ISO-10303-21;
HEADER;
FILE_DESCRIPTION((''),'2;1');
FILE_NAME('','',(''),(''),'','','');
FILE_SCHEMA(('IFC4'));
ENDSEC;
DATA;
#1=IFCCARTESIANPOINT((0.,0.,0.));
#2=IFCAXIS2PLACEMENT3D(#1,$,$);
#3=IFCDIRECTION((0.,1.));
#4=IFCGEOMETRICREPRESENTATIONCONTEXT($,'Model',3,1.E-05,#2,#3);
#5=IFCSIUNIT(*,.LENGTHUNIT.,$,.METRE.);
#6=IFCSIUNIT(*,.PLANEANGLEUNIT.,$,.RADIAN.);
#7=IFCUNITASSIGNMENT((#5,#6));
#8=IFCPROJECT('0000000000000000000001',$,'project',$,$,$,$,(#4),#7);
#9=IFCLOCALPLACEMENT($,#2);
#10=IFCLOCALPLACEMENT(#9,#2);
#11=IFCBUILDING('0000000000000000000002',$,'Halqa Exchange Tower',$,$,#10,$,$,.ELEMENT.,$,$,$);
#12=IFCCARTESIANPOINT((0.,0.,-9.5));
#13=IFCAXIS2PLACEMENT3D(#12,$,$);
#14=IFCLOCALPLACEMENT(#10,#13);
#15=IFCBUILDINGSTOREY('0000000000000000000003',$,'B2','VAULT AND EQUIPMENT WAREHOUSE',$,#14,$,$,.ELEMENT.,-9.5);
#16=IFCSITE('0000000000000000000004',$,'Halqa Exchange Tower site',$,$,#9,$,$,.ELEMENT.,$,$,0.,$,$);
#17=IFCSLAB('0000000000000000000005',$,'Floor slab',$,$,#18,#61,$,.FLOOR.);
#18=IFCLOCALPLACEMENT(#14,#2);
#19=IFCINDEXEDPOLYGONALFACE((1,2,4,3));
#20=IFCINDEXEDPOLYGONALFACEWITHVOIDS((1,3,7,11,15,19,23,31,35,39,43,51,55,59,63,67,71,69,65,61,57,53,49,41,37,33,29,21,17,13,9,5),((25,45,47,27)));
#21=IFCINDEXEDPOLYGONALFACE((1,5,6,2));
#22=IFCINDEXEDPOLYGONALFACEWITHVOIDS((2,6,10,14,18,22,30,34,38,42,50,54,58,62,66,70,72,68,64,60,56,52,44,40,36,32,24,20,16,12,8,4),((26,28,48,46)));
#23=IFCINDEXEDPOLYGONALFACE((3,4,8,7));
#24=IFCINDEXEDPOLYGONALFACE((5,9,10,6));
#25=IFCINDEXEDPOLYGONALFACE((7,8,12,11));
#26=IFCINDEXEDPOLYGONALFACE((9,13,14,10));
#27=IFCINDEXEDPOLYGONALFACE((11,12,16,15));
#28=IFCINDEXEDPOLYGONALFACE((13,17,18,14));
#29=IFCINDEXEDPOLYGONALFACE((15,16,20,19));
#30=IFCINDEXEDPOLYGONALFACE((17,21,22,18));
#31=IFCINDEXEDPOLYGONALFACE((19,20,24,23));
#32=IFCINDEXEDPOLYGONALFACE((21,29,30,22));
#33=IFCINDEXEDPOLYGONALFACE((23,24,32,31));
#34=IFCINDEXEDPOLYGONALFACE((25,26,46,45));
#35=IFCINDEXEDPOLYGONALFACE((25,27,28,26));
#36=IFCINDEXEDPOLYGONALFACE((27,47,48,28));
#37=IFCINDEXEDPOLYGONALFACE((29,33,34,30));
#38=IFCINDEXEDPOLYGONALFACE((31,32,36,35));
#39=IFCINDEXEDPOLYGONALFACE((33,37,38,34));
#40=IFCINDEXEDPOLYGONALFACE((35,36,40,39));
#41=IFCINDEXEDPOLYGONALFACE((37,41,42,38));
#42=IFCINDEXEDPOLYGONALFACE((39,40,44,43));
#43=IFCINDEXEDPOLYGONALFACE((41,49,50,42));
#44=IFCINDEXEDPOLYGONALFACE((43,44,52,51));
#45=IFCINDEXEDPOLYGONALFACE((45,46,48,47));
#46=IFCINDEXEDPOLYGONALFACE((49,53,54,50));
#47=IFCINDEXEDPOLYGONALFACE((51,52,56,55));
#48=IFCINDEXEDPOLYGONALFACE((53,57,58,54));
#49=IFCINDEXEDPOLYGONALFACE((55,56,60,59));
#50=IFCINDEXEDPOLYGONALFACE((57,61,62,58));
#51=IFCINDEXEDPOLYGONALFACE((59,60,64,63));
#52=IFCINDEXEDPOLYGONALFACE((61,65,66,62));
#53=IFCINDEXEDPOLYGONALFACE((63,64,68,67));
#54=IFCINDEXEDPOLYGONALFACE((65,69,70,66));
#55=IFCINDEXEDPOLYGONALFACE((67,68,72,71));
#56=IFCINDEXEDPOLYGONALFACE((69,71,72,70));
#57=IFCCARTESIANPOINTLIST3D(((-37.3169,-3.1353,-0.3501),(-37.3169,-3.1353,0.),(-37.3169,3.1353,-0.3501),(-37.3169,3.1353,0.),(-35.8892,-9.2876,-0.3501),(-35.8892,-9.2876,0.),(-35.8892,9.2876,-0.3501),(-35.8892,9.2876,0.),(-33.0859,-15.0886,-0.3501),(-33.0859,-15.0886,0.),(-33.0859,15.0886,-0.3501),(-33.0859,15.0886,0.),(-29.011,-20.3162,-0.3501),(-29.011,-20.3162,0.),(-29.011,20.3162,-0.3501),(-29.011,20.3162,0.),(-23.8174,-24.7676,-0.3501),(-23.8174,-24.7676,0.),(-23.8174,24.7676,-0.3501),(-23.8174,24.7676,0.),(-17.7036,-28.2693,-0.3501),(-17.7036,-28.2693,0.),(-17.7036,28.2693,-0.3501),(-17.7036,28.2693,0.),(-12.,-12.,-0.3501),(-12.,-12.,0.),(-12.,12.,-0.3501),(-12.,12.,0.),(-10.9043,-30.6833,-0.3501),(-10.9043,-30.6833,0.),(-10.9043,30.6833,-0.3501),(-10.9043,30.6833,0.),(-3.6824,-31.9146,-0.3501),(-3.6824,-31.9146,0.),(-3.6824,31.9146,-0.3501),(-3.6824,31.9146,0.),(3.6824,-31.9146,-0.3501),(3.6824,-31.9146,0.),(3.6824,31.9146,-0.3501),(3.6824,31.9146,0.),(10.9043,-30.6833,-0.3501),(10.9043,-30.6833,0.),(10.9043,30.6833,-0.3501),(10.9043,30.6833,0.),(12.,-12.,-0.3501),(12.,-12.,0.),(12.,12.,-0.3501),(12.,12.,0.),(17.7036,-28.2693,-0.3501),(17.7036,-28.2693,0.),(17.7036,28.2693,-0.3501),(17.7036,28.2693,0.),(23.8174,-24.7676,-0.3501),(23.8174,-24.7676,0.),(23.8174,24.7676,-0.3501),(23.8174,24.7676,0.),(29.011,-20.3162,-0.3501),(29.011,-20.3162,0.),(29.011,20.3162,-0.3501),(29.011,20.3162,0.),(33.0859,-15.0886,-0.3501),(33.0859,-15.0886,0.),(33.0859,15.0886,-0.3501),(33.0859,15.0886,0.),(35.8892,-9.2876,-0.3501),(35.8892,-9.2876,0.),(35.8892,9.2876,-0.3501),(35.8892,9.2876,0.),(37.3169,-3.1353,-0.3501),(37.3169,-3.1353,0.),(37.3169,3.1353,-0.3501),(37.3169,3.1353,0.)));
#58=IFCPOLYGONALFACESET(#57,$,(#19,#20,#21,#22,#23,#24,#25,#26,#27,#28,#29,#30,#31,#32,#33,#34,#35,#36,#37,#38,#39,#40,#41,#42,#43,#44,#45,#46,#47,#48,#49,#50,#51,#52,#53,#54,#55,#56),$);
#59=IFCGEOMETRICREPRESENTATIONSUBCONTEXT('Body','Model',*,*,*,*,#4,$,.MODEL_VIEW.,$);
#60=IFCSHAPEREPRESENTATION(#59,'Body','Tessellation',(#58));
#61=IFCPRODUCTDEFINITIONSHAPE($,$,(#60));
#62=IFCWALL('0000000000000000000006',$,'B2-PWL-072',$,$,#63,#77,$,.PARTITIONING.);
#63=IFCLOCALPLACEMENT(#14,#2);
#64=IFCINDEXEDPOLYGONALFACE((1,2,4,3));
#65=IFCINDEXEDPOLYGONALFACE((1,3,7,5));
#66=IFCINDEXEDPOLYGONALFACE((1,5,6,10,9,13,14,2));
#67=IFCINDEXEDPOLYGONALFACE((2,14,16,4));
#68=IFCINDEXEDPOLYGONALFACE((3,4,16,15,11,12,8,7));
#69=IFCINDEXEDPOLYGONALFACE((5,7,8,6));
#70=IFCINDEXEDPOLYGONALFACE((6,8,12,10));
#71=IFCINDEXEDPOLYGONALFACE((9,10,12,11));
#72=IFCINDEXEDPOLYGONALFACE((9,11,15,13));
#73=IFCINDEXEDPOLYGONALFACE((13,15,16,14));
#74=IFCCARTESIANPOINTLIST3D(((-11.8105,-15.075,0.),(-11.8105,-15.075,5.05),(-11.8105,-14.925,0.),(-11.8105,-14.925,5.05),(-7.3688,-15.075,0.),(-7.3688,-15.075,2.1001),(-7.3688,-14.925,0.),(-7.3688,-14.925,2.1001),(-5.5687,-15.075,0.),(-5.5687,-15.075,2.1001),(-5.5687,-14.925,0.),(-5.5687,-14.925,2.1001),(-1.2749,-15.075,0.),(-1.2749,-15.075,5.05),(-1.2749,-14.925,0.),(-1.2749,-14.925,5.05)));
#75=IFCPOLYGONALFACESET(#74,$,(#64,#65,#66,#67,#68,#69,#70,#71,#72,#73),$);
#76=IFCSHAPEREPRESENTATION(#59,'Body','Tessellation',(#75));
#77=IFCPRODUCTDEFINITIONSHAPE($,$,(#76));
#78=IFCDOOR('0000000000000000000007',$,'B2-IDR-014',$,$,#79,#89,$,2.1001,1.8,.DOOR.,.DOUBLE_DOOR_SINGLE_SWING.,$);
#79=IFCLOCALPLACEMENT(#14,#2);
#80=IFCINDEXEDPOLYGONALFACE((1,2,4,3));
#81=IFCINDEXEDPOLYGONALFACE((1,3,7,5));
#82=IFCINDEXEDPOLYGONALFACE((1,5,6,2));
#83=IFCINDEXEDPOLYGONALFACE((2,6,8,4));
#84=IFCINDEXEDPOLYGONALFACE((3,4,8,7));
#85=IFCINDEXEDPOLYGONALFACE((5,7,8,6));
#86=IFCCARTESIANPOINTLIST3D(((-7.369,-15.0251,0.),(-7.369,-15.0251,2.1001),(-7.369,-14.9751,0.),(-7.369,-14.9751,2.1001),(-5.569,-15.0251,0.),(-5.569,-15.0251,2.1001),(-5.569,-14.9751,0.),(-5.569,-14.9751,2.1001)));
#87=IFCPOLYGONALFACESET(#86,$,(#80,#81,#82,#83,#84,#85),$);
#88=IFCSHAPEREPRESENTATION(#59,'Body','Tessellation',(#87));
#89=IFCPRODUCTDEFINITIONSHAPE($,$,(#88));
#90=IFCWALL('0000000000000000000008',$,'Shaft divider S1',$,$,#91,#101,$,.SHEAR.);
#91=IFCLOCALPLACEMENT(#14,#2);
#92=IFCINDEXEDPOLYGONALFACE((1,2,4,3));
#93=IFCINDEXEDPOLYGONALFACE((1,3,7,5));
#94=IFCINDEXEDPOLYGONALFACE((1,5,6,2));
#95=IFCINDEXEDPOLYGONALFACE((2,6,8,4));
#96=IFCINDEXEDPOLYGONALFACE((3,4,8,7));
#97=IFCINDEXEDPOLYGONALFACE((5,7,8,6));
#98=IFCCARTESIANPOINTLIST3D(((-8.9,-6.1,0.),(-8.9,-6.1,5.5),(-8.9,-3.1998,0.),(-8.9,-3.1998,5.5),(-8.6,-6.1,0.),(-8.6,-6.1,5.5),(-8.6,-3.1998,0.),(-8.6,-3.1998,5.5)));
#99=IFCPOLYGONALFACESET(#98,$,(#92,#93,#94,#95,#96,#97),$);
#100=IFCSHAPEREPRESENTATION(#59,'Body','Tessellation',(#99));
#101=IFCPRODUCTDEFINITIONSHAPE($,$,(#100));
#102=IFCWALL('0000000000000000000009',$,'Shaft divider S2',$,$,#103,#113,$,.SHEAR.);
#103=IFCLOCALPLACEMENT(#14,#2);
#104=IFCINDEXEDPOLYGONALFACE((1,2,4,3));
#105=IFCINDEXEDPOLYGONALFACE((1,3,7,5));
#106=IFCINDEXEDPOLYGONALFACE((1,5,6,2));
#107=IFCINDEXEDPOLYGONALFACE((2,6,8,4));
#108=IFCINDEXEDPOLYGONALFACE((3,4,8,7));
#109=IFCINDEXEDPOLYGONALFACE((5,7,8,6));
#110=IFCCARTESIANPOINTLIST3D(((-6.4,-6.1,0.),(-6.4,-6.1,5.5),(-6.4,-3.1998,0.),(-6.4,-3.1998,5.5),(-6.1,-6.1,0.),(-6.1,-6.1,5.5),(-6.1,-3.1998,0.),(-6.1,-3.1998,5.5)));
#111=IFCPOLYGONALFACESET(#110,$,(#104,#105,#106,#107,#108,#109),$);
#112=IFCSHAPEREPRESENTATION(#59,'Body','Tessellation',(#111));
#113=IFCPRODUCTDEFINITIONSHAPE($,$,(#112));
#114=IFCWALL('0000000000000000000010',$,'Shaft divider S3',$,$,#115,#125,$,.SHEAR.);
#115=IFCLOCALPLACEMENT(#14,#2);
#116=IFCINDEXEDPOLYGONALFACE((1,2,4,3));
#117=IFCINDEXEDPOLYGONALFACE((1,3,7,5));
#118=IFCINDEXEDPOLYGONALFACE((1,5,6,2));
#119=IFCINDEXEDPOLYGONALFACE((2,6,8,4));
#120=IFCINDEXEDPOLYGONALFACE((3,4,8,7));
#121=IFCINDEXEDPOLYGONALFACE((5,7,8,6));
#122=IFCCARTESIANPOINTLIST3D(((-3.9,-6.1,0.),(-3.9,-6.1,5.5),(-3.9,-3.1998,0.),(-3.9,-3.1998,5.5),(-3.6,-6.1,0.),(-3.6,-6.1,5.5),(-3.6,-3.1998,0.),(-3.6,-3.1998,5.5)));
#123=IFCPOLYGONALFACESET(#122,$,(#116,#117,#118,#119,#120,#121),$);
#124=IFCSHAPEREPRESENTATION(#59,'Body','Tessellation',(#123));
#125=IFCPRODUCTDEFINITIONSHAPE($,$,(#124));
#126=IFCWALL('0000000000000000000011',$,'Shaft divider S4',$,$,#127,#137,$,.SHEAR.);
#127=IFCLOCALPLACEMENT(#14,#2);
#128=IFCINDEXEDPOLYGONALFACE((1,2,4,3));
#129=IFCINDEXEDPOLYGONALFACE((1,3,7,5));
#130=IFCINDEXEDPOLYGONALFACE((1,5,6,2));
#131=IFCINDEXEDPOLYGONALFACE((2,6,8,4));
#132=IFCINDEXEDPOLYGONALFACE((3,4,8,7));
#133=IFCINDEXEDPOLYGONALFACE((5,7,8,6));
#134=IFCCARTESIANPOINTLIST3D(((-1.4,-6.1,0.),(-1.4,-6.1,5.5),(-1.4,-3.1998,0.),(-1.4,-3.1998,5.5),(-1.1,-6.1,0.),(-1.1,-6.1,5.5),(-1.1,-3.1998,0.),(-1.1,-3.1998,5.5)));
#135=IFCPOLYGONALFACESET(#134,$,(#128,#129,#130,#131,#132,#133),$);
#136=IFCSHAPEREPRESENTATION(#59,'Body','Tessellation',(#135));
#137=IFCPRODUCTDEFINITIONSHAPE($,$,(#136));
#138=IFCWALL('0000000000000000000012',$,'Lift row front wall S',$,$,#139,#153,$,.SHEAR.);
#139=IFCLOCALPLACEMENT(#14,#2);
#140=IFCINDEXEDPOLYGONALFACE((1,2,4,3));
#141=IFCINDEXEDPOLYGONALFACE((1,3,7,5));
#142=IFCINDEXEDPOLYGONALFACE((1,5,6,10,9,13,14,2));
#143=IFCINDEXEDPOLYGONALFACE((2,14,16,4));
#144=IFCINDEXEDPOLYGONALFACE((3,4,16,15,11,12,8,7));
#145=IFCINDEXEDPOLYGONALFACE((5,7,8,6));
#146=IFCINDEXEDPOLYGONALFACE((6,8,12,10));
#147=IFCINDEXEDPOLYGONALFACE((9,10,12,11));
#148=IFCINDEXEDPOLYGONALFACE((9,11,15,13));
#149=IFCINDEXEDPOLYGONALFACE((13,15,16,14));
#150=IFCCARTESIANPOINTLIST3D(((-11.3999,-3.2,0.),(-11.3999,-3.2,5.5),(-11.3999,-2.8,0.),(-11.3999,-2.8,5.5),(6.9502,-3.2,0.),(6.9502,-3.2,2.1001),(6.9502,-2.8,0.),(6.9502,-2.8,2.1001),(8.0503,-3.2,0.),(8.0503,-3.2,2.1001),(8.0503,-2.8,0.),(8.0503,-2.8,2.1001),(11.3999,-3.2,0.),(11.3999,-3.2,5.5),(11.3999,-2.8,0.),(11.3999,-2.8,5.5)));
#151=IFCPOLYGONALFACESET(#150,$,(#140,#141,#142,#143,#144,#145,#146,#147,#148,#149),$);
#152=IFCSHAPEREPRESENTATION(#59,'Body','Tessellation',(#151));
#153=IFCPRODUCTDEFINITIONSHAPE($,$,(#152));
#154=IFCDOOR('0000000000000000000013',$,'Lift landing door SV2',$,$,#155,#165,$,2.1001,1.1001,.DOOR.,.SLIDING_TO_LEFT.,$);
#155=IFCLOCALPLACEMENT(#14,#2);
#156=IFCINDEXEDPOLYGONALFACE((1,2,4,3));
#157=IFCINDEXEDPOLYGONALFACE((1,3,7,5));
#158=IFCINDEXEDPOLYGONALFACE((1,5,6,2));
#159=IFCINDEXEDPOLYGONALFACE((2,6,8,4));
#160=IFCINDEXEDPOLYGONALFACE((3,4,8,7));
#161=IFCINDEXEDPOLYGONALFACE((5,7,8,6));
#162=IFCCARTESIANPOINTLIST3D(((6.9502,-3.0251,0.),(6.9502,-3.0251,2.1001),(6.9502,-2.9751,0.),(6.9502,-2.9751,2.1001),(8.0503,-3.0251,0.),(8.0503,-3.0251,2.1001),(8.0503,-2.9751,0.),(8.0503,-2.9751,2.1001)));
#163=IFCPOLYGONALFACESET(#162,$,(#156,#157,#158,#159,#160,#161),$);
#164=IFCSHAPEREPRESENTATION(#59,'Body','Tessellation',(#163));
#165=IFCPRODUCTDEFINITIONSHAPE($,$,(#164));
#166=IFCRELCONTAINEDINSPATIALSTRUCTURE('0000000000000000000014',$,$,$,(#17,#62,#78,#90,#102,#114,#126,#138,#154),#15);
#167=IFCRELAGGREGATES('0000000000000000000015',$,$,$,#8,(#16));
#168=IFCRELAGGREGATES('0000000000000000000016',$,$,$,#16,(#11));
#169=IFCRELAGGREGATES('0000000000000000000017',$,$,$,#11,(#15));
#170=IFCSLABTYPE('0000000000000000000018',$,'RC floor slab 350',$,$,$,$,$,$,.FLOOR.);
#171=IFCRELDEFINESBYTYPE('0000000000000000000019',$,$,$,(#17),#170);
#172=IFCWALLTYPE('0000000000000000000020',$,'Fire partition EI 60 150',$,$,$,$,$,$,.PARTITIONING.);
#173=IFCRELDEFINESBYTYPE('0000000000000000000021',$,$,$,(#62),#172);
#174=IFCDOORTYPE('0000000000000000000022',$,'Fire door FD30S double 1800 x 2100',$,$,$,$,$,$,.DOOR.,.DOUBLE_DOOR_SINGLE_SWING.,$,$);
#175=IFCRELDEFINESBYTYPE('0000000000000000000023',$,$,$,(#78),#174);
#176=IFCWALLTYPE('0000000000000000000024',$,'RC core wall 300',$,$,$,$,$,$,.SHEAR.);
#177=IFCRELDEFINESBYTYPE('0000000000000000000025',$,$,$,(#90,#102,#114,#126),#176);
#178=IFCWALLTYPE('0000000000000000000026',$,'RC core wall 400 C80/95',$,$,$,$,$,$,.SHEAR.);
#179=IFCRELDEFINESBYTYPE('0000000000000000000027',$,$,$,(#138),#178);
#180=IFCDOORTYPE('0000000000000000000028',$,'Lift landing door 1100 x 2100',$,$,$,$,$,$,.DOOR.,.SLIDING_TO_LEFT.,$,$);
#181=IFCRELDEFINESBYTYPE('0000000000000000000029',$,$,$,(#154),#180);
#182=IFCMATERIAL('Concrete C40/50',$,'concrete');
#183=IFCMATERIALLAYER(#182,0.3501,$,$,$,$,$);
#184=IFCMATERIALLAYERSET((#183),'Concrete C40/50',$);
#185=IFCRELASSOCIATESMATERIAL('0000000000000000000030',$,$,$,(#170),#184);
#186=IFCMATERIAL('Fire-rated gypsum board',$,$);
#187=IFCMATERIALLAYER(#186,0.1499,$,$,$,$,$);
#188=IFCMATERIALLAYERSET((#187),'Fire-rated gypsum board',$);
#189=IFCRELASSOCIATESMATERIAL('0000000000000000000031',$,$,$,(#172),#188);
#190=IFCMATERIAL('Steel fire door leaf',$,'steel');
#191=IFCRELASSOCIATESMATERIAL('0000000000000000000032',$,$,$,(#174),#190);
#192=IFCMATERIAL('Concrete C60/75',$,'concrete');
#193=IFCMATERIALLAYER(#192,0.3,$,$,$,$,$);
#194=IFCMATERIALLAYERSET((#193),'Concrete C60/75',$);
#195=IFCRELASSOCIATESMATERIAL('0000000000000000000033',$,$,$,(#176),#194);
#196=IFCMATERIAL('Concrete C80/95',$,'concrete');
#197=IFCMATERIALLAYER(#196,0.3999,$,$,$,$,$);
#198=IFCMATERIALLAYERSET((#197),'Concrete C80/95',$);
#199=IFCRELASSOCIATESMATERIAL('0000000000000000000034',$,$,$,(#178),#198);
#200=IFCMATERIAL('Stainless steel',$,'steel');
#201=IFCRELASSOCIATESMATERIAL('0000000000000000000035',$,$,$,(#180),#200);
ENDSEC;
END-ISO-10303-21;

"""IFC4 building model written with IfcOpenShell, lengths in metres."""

from ifc_helpers import new_model, si_unit, direction, frame, frame_2d, origin, place, context, subcontext, project, spatial, polyline, rectangle, outline, extrude, material, layer, layer_set, type_object, element, fill, save


model = new_model("IFC4")

# Units and contexts
model_context = context("Model", 3, precision=1e-05, world=origin(), true_north=direction((0.0, 1.0)))
body_context = subcontext(model_context, "Body", "Model", "MODEL_VIEW")
ifc_project = project(units=[si_unit("LENGTHUNIT", "METRE"), si_unit("PLANEANGLEUNIT", "RADIAN")], contexts=[model_context])

# Site, building, storey
site_placement = place(None, origin())
site = spatial("IfcSite", under=ifc_project, at=site_placement, Name="Halqa Exchange Tower site", CompositionType="ELEMENT", RefElevation=0.0)
building_placement = place(site_placement, origin())
building = spatial("IfcBuilding", under=site, at=building_placement, Name="Halqa Exchange Tower", CompositionType="ELEMENT")
storey_placement = place(building_placement, frame((0.0, 0.0, -9.5)))
storey = spatial("IfcBuildingStorey", under=building, at=storey_placement, Name="B2", Description="VAULT AND EQUIPMENT WAREHOUSE", CompositionType="ELEMENT", Elevation=-9.5)

# Slab
ifc_material_1 = material(Name="Concrete C40/50", Category="concrete")
ifc_layer_1 = layer(ifc_material_1, 0.3501)
ifc_layer_set_1 = layer_set([ifc_layer_1], Name="Concrete C40/50")
slab_type = type_object("IfcSlabType", Name="RC floor slab 350", PredefinedType="FLOOR", material=ifc_layer_set_1)
slab_placement = place(storey_placement, frame((0.0, 0.0, -0.3501)))
element("IfcSlab", 1, at=slab_placement, inside=storey, type_object=slab_type, Name="Floor slab", PredefinedType="FLOOR", context=body_context, shape_type="SweptSolid", body=[
    extrude(outline(polyline([(37.3169, 3.1353), (37.3169, -3.1353), (35.8892, -9.2876), (33.0859, -15.0886), (29.011, -20.3162), (23.8174, -24.7676), (17.7036, -28.2693), (10.9043, -30.6833), (3.6824, -31.9146), (-3.6824, -31.9146), (-10.9043, -30.6833), (-17.7036, -28.2693), (-23.8174, -24.7676), (-29.011, -20.3162), (-33.0859, -15.0886), (-35.8892, -9.2876), (-37.3169, -3.1353), (-37.3169, 3.1353), (-35.8892, 9.2876), (-33.0859, 15.0886), (-29.011, 20.3162), (-23.8174, 24.7676), (-17.7036, 28.2693), (-10.9043, 30.6833), (-3.6824, 31.9146), (3.6824, 31.9146), (10.9043, 30.6833), (17.7036, 28.2693), (23.8174, 24.7676), (29.011, 20.3162), (33.0859, 15.0886), (35.8892, 9.2876), (37.3169, 3.1353)]), holes=[polyline([(-12.0, -12.0), (12.0, -12.0), (12.0, 12.0), (-12.0, 12.0), (-12.0, -12.0)])]), origin(), (0.0, 0.0, 1.0), 0.3501),
])

# Wall, opening, door
ifc_material_2 = material(Name="Fire-rated gypsum board")
ifc_layer_2 = layer(ifc_material_2, 0.1499)
ifc_layer_set_2 = layer_set([ifc_layer_2], Name="Fire-rated gypsum board")
wall_type_1 = type_object("IfcWallType", Name="Fire partition EI 60 150", PredefinedType="PARTITIONING", material=ifc_layer_set_2)
wall_1_placement = place(storey_placement, frame((-1.2749, -15.0, 0.0), z_axis=(0.0, 0.0, 1.0), x_axis=(-1.0, 0.0, 0.0)))
wall_1 = element("IfcWall", 2, at=wall_1_placement, inside=storey, type_object=wall_type_1, Name="B2-PWL-072", PredefinedType="PARTITIONING", context=body_context, shape_type="SweptSolid", body=[
    extrude(rectangle(XDim=10.5356, YDim=0.1499, at=frame_2d((5.2678, 0.0))), origin(), (0.0, 0.0, 1.0), 5.05),
])
opening_1_placement = place(wall_1_placement, frame((4.2939, 0.0, 0.0)))
opening_1 = element("IfcOpeningElement", 3, at=opening_1_placement, cuts=wall_1, PredefinedType="OPENING", context=body_context, shape_type="SweptSolid", body=[
    extrude(rectangle(XDim=1.8, YDim=2.1001, at=frame_2d((0.8999, 1.05))), frame((0.0, 0.0869, 0.0), z_axis=(0.0, -1.0, 0.0), x_axis=(1.0, 0.0, 0.0)), (0.0, 0.0, 1.0), 0.1738),
])
ifc_material_3 = material(Name="Steel fire door leaf", Category="steel")
door_type_1 = type_object("IfcDoorType", Name="Fire door FD30S double 1800 x 2100", OperationType="DOUBLE_DOOR_SINGLE_SWING", PredefinedType="DOOR", material=ifc_material_3)
door_1_placement = place(opening_1_placement, frame((1.8, 0.0, 0.0), z_axis=(0.0, 0.0, 1.0), x_axis=(-1.0, 0.0, 0.0)))
door_1 = element("IfcDoor", 4, at=door_1_placement, inside=storey, type_object=door_type_1, Name="B2-IDR-014", OperationType="DOUBLE_DOOR_SINGLE_SWING", OverallHeight=2.1001, OverallWidth=1.8, PredefinedType="DOOR", context=body_context, shape_type="SweptSolid", body=[
    extrude(rectangle(XDim=1.8, YDim=2.1001, at=frame_2d((0.8999, 1.05))), frame((0.0, 0.0249, 0.0), z_axis=(0.0, -1.0, 0.0), x_axis=(1.0, 0.0, 0.0)), (0.0, 0.0, 1.0), 0.05),
])
fill(opening_1, door_1)

# Walls
ifc_material_4 = material(Name="Concrete C60/75", Category="concrete")
ifc_layer_3 = layer(ifc_material_4, 0.3)
ifc_layer_set_3 = layer_set([ifc_layer_3], Name="Concrete C60/75")
wall_type_2 = type_object("IfcWallType", Name="RC core wall 300", PredefinedType="SHEAR", material=ifc_layer_set_3)
for number, where, z_axis, x_axis, name in (
    (5, (-8.75, -6.1001, 0.0), (0.0, 0.0, 1.0), (0.0, 1.0, 0.0), "Shaft divider S1"),
    (6, (-6.25, -6.1001, 0.0), (0.0, 0.0, 1.0), (0.0, 1.0, 0.0), "Shaft divider S2"),
    (7, (-3.75, -6.1001, 0.0), (0.0, 0.0, 1.0), (0.0, 1.0, 0.0), "Shaft divider S3"),
    (8, (-1.25, -6.1001, 0.0), (0.0, 0.0, 1.0), (0.0, 1.0, 0.0), "Shaft divider S4"),
):
    element("IfcWall", number, at=place(storey_placement, frame(where, z_axis=z_axis, x_axis=x_axis)), inside=storey, type_object=wall_type_2, Name=name, PredefinedType="SHEAR", context=body_context, shape_type="SweptSolid", body=[
        extrude(rectangle(XDim=2.9001, YDim=0.3, at=frame_2d((1.4502, 0.0))), origin(), (0.0, 0.0, 1.0), 5.5),
    ])

# Wall, opening, door
ifc_material_5 = material(Name="Concrete C80/95", Category="concrete")
ifc_layer_4 = layer(ifc_material_5, 0.3999)
ifc_layer_set_4 = layer_set([ifc_layer_4], Name="Concrete C80/95")
wall_type_3 = type_object("IfcWallType", Name="RC core wall 400 C80/95", PredefinedType="SHEAR", material=ifc_layer_set_4)
wall_2_placement = place(storey_placement, frame((-11.3999, -3.0, 0.0), z_axis=(0.0, 0.0, 1.0), x_axis=(1.0, 0.0, 0.0)))
wall_2 = element("IfcWall", 9, at=wall_2_placement, inside=storey, type_object=wall_type_3, Name="Lift row front wall S", PredefinedType="SHEAR", context=body_context, shape_type="SweptSolid", body=[
    extrude(rectangle(XDim=22.7998, YDim=0.3999, at=frame_2d((11.3999, 0.0))), origin(), (0.0, 0.0, 1.0), 5.5),
])
opening_2_placement = place(wall_2_placement, frame((18.3501, 0.0, 0.0)))
opening_2 = element("IfcOpeningElement", 10, at=opening_2_placement, cuts=wall_2, PredefinedType="OPENING", context=body_context, shape_type="SweptSolid", body=[
    extrude(rectangle(XDim=1.1001, YDim=2.1001, at=frame_2d((0.55, 1.05))), frame((0.0, 0.2119, 0.0), z_axis=(0.0, -1.0, 0.0), x_axis=(1.0, 0.0, 0.0)), (0.0, 0.0, 1.0), 0.4238),
])
ifc_material_6 = material(Name="Stainless steel", Category="steel")
door_type_2 = type_object("IfcDoorType", Name="Lift landing door 1100 x 2100", OperationType="SLIDING_TO_LEFT", PredefinedType="DOOR", material=ifc_material_6)
door_2_placement = place(opening_2_placement, origin())
door_2 = element("IfcDoor", 11, at=door_2_placement, inside=storey, type_object=door_type_2, Name="Lift landing door SV2", OperationType="SLIDING_TO_LEFT", OverallHeight=2.1001, OverallWidth=1.1001, PredefinedType="DOOR", context=body_context, shape_type="SweptSolid", body=[
    extrude(rectangle(XDim=1.1001, YDim=2.1001, at=frame_2d((0.55, 1.05))), frame((0.0, 0.0249, 0.0), z_axis=(0.0, -1.0, 0.0), x_axis=(1.0, 0.0, 0.0)), (0.0, 0.0, 1.0), 0.05),
])
fill(opening_2, door_2)

save(model, "model.ifc")
